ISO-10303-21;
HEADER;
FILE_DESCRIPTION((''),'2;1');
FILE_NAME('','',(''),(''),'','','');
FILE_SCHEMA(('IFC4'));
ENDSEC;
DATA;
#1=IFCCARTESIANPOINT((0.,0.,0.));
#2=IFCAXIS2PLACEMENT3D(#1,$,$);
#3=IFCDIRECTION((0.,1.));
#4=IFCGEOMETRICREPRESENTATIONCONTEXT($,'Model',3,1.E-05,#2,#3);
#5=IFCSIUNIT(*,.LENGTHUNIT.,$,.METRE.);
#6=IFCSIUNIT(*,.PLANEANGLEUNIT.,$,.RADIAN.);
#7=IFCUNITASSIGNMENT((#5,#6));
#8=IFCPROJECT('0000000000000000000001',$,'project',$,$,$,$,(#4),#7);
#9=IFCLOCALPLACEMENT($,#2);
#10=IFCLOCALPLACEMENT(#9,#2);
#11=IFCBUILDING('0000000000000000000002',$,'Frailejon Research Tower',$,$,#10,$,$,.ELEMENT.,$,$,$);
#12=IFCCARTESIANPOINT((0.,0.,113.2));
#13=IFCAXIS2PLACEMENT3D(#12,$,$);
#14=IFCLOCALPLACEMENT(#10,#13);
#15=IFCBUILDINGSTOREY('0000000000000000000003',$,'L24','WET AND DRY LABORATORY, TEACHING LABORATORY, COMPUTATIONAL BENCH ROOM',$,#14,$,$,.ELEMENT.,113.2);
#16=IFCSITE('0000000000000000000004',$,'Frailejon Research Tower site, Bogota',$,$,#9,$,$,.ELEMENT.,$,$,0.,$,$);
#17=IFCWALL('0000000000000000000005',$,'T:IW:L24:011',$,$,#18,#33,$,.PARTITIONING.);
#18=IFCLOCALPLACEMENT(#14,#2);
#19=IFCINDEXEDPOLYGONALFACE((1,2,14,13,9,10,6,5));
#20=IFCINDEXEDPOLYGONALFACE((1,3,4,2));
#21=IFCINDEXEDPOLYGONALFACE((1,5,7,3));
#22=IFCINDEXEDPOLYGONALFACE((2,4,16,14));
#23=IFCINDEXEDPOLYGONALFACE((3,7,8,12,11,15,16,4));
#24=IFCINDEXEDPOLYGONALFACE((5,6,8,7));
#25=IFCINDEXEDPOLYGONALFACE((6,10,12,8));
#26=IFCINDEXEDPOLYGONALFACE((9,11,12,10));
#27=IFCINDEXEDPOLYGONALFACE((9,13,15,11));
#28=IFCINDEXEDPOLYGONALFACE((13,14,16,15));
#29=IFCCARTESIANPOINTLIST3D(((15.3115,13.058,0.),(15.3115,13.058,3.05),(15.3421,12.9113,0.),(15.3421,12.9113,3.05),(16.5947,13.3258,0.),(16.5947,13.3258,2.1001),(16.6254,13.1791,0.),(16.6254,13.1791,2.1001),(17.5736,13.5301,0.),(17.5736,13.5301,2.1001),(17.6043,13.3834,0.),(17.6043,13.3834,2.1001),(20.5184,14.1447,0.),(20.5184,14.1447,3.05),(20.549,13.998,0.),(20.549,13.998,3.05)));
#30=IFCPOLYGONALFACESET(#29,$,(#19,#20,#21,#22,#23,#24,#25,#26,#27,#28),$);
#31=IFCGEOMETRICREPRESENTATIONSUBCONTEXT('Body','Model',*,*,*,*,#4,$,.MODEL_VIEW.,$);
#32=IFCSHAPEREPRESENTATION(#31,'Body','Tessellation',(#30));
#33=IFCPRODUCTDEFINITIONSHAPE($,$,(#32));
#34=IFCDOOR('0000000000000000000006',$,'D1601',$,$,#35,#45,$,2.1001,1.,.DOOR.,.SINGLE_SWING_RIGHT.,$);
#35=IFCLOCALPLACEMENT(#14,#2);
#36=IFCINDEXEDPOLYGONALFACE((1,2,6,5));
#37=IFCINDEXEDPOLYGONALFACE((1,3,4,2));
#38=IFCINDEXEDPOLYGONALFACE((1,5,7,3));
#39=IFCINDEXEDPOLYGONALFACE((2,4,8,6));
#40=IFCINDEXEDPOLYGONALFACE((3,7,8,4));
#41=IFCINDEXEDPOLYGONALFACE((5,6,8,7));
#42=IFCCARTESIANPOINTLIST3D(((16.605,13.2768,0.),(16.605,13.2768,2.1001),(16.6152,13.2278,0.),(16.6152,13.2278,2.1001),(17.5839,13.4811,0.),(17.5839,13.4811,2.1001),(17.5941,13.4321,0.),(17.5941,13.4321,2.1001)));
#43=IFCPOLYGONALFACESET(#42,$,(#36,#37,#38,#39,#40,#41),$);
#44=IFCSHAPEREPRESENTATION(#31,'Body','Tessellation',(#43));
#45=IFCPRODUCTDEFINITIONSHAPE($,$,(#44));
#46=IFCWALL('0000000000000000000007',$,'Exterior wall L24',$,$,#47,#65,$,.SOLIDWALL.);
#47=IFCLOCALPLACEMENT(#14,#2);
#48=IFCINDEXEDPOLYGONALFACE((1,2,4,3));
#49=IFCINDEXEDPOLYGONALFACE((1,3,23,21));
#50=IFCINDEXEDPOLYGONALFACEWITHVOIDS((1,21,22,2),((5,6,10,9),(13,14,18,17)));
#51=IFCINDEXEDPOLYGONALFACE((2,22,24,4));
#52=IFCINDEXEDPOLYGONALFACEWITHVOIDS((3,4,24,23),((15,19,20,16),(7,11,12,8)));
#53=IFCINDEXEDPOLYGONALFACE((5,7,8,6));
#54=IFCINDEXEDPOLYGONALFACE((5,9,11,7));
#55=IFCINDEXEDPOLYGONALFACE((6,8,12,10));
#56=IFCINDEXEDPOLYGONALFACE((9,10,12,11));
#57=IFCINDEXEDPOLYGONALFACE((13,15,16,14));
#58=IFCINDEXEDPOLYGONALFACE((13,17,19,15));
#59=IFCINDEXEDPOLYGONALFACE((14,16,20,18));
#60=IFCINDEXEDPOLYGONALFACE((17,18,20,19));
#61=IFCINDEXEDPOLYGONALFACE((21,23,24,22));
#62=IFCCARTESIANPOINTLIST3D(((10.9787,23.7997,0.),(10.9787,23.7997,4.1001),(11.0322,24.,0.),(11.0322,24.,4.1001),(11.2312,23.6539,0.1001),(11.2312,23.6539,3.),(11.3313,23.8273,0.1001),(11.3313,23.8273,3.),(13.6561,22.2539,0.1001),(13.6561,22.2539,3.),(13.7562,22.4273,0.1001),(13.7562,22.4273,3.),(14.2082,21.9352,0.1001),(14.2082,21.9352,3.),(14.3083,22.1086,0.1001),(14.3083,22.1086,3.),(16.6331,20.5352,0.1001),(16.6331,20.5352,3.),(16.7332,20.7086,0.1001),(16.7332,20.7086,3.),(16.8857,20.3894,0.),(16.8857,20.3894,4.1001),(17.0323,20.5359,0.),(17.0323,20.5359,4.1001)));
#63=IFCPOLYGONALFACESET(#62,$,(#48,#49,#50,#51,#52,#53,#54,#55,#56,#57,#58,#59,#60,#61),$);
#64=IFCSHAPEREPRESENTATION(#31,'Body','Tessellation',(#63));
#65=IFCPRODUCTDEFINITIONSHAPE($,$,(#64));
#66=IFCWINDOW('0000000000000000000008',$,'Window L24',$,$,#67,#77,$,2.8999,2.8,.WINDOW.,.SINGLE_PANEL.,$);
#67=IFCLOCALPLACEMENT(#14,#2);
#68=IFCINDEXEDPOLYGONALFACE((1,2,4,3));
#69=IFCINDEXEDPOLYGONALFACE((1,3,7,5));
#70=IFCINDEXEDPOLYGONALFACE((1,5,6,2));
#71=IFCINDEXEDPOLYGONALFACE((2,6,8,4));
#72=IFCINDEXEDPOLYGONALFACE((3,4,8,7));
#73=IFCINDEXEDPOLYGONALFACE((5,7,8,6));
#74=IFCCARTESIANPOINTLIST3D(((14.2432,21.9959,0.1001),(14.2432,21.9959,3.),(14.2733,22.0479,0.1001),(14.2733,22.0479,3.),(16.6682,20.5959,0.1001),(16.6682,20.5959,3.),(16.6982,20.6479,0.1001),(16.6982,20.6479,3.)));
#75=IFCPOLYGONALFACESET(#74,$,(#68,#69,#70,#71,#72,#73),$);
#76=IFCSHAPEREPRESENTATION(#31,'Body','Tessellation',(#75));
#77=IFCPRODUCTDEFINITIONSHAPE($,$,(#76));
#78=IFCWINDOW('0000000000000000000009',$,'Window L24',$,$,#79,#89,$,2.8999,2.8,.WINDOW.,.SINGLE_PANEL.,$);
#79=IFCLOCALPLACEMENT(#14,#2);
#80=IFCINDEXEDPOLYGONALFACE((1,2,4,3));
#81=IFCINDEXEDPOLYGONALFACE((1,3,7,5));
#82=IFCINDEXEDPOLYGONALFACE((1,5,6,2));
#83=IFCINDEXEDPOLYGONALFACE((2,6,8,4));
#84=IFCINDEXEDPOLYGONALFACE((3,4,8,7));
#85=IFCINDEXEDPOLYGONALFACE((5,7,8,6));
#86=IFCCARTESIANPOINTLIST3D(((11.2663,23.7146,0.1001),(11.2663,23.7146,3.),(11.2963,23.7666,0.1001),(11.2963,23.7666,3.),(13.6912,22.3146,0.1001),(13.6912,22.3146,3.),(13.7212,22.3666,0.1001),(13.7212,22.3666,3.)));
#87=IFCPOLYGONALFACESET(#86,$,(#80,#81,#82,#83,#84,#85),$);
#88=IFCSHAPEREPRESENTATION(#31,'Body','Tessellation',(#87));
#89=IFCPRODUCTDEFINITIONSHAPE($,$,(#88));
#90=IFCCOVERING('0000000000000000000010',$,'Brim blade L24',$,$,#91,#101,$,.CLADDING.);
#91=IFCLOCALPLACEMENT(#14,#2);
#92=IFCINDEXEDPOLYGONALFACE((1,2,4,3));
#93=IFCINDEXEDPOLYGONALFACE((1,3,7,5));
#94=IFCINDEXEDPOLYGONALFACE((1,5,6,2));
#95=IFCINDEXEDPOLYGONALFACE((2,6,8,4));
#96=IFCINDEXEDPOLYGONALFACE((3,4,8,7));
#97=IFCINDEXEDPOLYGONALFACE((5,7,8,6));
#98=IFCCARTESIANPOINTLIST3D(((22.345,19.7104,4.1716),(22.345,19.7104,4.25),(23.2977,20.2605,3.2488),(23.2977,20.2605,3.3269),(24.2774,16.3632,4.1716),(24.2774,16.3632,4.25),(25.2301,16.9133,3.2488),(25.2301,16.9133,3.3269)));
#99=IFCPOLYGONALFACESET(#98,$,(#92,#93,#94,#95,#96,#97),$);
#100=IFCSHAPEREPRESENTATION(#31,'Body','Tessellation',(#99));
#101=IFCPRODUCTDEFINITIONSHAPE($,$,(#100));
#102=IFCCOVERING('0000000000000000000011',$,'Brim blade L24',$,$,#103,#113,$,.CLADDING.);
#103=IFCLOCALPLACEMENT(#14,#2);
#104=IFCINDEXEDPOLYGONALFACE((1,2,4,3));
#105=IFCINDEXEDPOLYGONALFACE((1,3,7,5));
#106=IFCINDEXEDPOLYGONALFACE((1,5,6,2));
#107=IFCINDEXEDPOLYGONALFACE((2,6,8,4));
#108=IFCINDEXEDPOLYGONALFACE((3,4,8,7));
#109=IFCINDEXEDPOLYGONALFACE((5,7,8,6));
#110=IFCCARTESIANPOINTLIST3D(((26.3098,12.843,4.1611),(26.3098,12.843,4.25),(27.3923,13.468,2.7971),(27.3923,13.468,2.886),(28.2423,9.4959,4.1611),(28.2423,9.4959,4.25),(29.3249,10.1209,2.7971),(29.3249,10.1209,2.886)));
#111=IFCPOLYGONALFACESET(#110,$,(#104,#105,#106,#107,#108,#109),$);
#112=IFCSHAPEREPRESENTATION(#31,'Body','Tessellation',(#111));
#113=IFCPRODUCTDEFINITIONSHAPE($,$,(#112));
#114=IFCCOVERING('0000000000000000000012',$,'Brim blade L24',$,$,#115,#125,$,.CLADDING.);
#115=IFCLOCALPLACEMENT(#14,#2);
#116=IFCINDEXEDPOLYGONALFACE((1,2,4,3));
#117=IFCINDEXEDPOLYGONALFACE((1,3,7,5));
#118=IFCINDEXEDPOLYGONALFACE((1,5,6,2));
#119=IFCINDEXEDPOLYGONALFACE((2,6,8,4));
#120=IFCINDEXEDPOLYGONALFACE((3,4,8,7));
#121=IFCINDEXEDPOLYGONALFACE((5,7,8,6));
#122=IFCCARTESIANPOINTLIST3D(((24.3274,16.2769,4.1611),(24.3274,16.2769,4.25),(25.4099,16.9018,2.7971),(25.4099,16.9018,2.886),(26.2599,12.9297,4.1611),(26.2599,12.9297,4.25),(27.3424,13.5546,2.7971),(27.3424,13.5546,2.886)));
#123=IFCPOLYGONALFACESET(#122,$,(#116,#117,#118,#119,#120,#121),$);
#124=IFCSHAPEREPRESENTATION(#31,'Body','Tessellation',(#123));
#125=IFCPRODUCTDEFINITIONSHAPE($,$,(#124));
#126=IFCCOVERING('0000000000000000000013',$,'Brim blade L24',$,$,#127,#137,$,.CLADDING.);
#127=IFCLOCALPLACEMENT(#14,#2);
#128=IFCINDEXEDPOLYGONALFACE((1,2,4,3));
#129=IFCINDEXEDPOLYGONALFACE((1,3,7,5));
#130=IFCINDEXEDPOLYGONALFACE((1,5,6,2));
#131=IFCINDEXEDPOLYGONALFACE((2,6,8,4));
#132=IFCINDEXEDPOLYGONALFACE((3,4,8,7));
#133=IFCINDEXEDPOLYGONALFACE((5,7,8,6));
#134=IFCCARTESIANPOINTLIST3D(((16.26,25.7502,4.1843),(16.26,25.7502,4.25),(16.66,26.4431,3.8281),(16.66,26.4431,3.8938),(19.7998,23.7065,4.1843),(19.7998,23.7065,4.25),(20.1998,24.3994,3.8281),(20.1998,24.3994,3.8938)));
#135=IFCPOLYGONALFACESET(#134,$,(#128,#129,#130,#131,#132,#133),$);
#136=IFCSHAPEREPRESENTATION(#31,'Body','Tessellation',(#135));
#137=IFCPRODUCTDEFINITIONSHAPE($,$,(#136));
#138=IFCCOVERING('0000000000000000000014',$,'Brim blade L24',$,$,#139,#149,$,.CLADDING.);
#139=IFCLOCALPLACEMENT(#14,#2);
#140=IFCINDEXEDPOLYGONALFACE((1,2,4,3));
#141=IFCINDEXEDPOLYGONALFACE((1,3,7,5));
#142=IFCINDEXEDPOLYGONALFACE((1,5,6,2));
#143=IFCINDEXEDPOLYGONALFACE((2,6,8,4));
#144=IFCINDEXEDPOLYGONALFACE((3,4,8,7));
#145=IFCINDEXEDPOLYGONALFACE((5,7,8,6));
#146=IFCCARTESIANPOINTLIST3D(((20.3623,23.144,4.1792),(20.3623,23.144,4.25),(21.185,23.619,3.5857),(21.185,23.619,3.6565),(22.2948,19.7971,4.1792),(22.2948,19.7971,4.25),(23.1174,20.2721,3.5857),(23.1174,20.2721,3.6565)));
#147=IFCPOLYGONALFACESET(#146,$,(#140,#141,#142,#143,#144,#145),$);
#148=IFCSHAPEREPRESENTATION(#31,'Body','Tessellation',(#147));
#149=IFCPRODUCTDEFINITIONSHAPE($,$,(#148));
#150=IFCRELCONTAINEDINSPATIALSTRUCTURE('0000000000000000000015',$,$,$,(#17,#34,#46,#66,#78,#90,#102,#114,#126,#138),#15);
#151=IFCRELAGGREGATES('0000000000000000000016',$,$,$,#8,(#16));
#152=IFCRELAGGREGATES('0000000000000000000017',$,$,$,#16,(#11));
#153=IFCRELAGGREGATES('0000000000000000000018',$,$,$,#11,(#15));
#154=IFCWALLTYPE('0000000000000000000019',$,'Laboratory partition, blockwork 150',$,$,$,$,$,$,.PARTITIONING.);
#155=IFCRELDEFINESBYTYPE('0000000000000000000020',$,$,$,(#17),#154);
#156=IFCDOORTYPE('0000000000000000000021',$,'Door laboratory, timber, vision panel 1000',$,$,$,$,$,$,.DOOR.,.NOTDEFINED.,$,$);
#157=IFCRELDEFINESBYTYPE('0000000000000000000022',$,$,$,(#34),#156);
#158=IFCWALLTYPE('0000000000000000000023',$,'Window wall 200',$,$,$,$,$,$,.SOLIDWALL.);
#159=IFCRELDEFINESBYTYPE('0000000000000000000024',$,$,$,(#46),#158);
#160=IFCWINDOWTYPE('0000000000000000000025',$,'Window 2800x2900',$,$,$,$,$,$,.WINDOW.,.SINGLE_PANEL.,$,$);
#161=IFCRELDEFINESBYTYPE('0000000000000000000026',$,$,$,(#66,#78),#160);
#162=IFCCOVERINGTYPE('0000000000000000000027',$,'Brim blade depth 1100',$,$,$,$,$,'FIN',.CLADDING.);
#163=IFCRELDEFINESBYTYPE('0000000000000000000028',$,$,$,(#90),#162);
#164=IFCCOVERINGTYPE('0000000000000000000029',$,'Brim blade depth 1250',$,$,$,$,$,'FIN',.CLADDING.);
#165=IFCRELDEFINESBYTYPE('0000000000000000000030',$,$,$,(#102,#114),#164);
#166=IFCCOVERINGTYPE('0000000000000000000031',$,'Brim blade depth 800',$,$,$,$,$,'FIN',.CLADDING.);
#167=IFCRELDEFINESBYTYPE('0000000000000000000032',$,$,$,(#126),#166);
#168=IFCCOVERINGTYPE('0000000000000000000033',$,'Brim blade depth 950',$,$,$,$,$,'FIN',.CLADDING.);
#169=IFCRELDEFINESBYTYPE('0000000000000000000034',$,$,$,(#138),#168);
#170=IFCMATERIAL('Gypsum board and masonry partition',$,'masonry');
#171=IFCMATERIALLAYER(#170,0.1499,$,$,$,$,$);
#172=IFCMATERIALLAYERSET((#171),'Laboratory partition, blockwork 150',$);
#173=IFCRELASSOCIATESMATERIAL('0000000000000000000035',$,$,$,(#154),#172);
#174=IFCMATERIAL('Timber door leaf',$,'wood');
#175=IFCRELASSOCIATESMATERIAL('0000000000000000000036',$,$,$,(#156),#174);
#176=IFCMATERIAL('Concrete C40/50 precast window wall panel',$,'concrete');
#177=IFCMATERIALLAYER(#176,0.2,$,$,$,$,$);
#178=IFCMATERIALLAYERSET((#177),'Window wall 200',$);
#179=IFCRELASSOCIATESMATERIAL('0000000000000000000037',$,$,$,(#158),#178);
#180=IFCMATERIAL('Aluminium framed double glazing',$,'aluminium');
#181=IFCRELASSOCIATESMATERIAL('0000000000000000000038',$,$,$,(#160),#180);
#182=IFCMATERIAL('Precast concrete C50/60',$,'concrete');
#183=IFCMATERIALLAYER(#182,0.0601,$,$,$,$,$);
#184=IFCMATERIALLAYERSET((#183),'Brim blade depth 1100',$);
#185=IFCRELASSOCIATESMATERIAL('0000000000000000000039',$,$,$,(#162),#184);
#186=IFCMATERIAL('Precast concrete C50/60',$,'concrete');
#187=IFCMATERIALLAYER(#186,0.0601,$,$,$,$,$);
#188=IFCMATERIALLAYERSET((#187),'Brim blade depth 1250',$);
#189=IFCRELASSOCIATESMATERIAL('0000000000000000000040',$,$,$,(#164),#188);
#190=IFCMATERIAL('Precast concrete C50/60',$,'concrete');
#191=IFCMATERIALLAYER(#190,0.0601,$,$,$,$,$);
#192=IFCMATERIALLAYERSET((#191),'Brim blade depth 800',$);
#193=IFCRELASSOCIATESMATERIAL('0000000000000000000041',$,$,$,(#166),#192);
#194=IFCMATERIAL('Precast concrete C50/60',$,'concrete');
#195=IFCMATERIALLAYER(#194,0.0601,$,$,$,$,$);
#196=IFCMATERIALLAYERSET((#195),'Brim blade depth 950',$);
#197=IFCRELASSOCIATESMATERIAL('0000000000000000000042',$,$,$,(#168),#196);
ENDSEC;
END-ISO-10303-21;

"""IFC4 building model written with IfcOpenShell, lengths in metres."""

from ifc_helpers import new_model, si_unit, direction, frame, frame_2d, origin, place, context, subcontext, project, spatial, polyline, rectangle, outline, extrude, material, layer, layer_set, type_object, element, fill, save


model = new_model("IFC4")

# Units and contexts
model_context = context("Model", 3, precision=1e-05, world=origin(), true_north=direction((0.0, 1.0)))
body_context = subcontext(model_context, "Body", "Model", "MODEL_VIEW")
ifc_project = project(units=[si_unit("LENGTHUNIT", "METRE"), si_unit("PLANEANGLEUNIT", "RADIAN")], contexts=[model_context])

# Site, building, storey
site_placement = place(None, origin())
site = spatial("IfcSite", under=ifc_project, at=site_placement, Name="Frailejon Research Tower site, Bogota", CompositionType="ELEMENT", RefElevation=0.0)
building_placement = place(site_placement, origin())
building = spatial("IfcBuilding", under=site, at=building_placement, Name="Frailejon Research Tower", CompositionType="ELEMENT")
storey_placement = place(building_placement, frame((0.0, 0.0, 113.2)))
storey = spatial("IfcBuildingStorey", under=building, at=storey_placement, Name="L24", Description="WET AND DRY LABORATORY, TEACHING LABORATORY, COMPUTATIONAL BENCH ROOM", CompositionType="ELEMENT", Elevation=113.2)

# Wall, opening, door
ifc_material_1 = material(Name="Gypsum board and masonry partition", Category="masonry")
ifc_layer_1 = layer(ifc_material_1, 0.1499)
ifc_layer_set_1 = layer_set([ifc_layer_1], Name="Laboratory partition, blockwork 150")
wall_type_1 = type_object("IfcWallType", Name="Laboratory partition, blockwork 150", PredefinedType="PARTITIONING", material=ifc_layer_set_1)
wall_1_placement = place(storey_placement, frame((15.3267, 12.9846, 0.0), z_axis=(0.0, 0.0, 1.0), x_axis=(0.978908, 0.204301, 0.0)))
wall_1 = element("IfcWall", 1, at=wall_1_placement, inside=storey, type_object=wall_type_1, Name="T:IW:L24:011", PredefinedType="PARTITIONING", context=body_context, shape_type="SweptSolid", body=[
    extrude(rectangle(XDim=5.3191, YDim=0.1499, at=frame_2d((2.6597, 0.0))), origin(), (0.0, 0.0, 1.0), 3.05),
])
opening_1_placement = place(wall_1_placement, frame((1.311, 0.0, 0.0)))
opening_1 = element("IfcOpeningElement", 2, at=opening_1_placement, cuts=wall_1, PredefinedType="OPENING", context=body_context, shape_type="SweptSolid", body=[
    extrude(rectangle(XDim=1.0, YDim=2.1001, at=frame_2d((0.5, 1.05))), frame((0.0, 0.085, 0.0), z_axis=(0.0, -1.0, 0.0), x_axis=(1.0, 0.0, 0.0)), (0.0, 0.0, 1.0), 0.1699),
])
ifc_material_2 = material(Name="Timber door leaf", Category="wood")
door_type = type_object("IfcDoorType", Name="Door laboratory, timber, vision panel 1000", OperationType="NOTDEFINED", PredefinedType="DOOR", material=ifc_material_2)
door_placement = place(opening_1_placement, origin())
door = element("IfcDoor", 3, at=door_placement, inside=storey, type_object=door_type, Name="D1601", OperationType="SINGLE_SWING_RIGHT", OverallHeight=2.1001, OverallWidth=1.0, PredefinedType="DOOR", context=body_context, shape_type="SweptSolid", body=[
    extrude(rectangle(XDim=1.0, YDim=2.1001, at=frame_2d((0.5, 1.05))), frame((0.0, 0.0249, 0.0), z_axis=(0.0, -1.0, 0.0), x_axis=(1.0, 0.0, 0.0)), (0.0, 0.0, 1.0), 0.05),
])
fill(opening_1, door)

# Wall, openings, windows
ifc_material_3 = material(Name="Concrete C40/50 precast window wall panel", Category="concrete")
ifc_layer_2 = layer(ifc_material_3, 0.2)
ifc_layer_set_2 = layer_set([ifc_layer_2], Name="Window wall 200")
wall_type_2 = type_object("IfcWallType", Name="Window wall 200", PredefinedType="SOLIDWALL", material=ifc_layer_set_2)
wall_2_placement = place(storey_placement, frame((16.959, 20.4626, 0.0), z_axis=(0.0, 0.0, 1.0), x_axis=(-0.866029, 0.499993, 0.0)))
wall_2 = element("IfcWall", 4, at=wall_2_placement, inside=storey, type_object=wall_type_2, Name="Exterior wall L24", PredefinedType="SOLIDWALL", context=body_context, shape_type="SweptSolid", body=[
    extrude(outline(polyline([(-0.0269, -0.1001), (1.1279, -0.1001), (2.2825, -0.1001), (3.4373, -0.1001), (4.592, -0.1001), (5.7466, -0.1001), (6.9014, -0.1001), (6.8477, 0.1001), (5.7109, 0.1001), (4.574, 0.1001), (3.4373, 0.1001), (2.3005, 0.1001), (1.1636, 0.1001), (0.0269, 0.1001), (-0.0269, -0.1001)])), origin(), (0.0, 0.0, 1.0), 4.1001),
])
opening_2_placement = place(wall_2_placement, frame((0.3186, 0.0, 0.1001)))
opening_2 = element("IfcOpeningElement", 5, at=opening_2_placement, cuts=wall_2, PredefinedType="OPENING", context=body_context, shape_type="SweptSolid", body=[
    extrude(rectangle(XDim=2.8, YDim=2.8999, at=frame_2d((1.3999, 1.45))), frame((0.0, 0.1099, 0.0), z_axis=(0.0, -1.0, 0.0), x_axis=(1.0, 0.0, 0.0)), (0.0, 0.0, 1.0), 0.22),
])
opening_3_placement = place(wall_2_placement, frame((3.7561, 0.0, 0.1001)))
opening_3 = element("IfcOpeningElement", 6, at=opening_3_placement, cuts=wall_2, PredefinedType="OPENING", context=body_context, shape_type="SweptSolid", body=[
    extrude(rectangle(XDim=2.8, YDim=2.8999, at=frame_2d((1.3999, 1.45))), frame((0.0, 0.1099, 0.0), z_axis=(0.0, -1.0, 0.0), x_axis=(1.0, 0.0, 0.0)), (0.0, 0.0, 1.0), 0.22),
])
ifc_material_4 = material(Name="Aluminium framed double glazing", Category="aluminium")
window_type = type_object("IfcWindowType", Name="Window 2800x2900", PartitioningType="SINGLE_PANEL", PredefinedType="WINDOW", material=ifc_material_4)
window_1_placement = place(opening_2_placement, origin())
window_1 = element("IfcWindow", 7, at=window_1_placement, inside=storey, type_object=window_type, Name="Window L24", OverallHeight=2.8999, OverallWidth=2.8, PartitioningType="SINGLE_PANEL", PredefinedType="WINDOW", context=body_context, shape_type="SweptSolid", body=[
    extrude(rectangle(XDim=2.8, YDim=2.8999, at=frame_2d((1.3999, 1.45))), frame((0.0, 0.03, 0.0), z_axis=(0.0, -1.0, 0.0), x_axis=(1.0, 0.0, 0.0)), (0.0, 0.0, 1.0), 0.0601),
])
fill(opening_2, window_1)
window_2_placement = place(opening_3_placement, origin())
window_2 = element("IfcWindow", 8, at=window_2_placement, inside=storey, type_object=window_type, Name="Window L24", OverallHeight=2.8999, OverallWidth=2.8, PartitioningType="SINGLE_PANEL", PredefinedType="WINDOW", context=body_context, shape_type="SweptSolid", body=[
    extrude(rectangle(XDim=2.8, YDim=2.8999, at=frame_2d((1.3999, 1.45))), frame((0.0, 0.03, 0.0), z_axis=(0.0, -1.0, 0.0), x_axis=(1.0, 0.0, 0.0)), (0.0, 0.0, 1.0), 0.0601),
])
fill(opening_3, window_2)

# Coverings
ifc_material_5 = material(Name="Precast concrete C50/60", Category="concrete")
ifc_layer_3 = layer(ifc_material_5, 0.0601)
ifc_layer_set_3 = layer_set([ifc_layer_3], Name="Brim blade depth 1100")
covering_type_1 = type_object("IfcCoveringType", Name="Brim blade depth 1100", ElementType="FIN", PredefinedType="CLADDING", material=ifc_layer_set_3)
covering_1_placement = place(storey_placement, frame((22.345, 19.7104, 4.25), z_axis=(0.499991, -0.866031, 0.0), x_axis=(0.866031, 0.499991, 0.0)))
element("IfcCovering", 9, at=covering_1_placement, inside=storey, type_object=covering_type_1, Name="Brim blade L24", PredefinedType="CLADDING", context=body_context, shape_type="SweptSolid", body=[
    extrude(outline(polyline([(0.0, -0.0784), (1.1001, -1.0012), (1.1001, -0.9231), (0.0, 0.0), (0.0, -0.0784)])), origin(), (0.0, 0.0, 1.0), 3.865),
])
ifc_material_6 = material(Name="Precast concrete C50/60", Category="concrete")
ifc_layer_4 = layer(ifc_material_6, 0.0601)
ifc_layer_set_4 = layer_set([ifc_layer_4], Name="Brim blade depth 1250")
covering_type_2 = type_object("IfcCoveringType", Name="Brim blade depth 1250", ElementType="FIN", PredefinedType="CLADDING", material=ifc_layer_set_4)
for number, where, z_axis, x_axis, name in (
    (10, (26.3098, 12.843, 4.25), (0.50001, -0.86602, 0.0), (0.86602, 0.50001, 0.0), "Brim blade L24"),
    (11, (24.3274, 16.2769, 4.25), (0.499991, -0.866031, 0.0), (0.866031, 0.499991, 0.0), "Brim blade L24"),
):
    element("IfcCovering", number, at=place(storey_placement, frame(where, z_axis=z_axis, x_axis=x_axis)), inside=storey, type_object=covering_type_2, Name=name, PredefinedType="CLADDING", context=body_context, shape_type="SweptSolid", body=[
        extrude(outline(polyline([(0.0, -0.0889), (1.25, -1.4529), (1.25, -1.364), (0.0, 0.0), (0.0, -0.0889)])), origin(), (0.0, 0.0, 1.0), 3.865),
    ])
ifc_material_7 = material(Name="Precast concrete C50/60", Category="concrete")
ifc_layer_5 = layer(ifc_material_7, 0.0601)
ifc_layer_set_5 = layer_set([ifc_layer_5], Name="Brim blade depth 800")
covering_type_3 = type_object("IfcCoveringType", Name="Brim blade depth 800", ElementType="FIN", PredefinedType="CLADDING", material=ifc_layer_set_5)
covering_2_placement = place(storey_placement, frame((16.26, 25.7502, 4.25), z_axis=(0.866021, -0.500007, 0.0), x_axis=(0.500007, 0.866021, 0.0)))
element("IfcCovering", 12, at=covering_2_placement, inside=storey, type_object=covering_type_3, Name="Brim blade L24", PredefinedType="CLADDING", context=body_context, shape_type="SweptSolid", body=[
    extrude(outline(polyline([(0.0, -0.0657), (0.8, -0.4219), (0.8, -0.3562), (0.0, 0.0), (0.0, -0.0657)])), origin(), (0.0, 0.0, 1.0), 4.0874),
])
ifc_material_8 = material(Name="Precast concrete C50/60", Category="concrete")
ifc_layer_6 = layer(ifc_material_8, 0.0601)
ifc_layer_set_6 = layer_set([ifc_layer_6], Name="Brim blade depth 950")
covering_type_4 = type_object("IfcCoveringType", Name="Brim blade depth 950", ElementType="FIN", PredefinedType="CLADDING", material=ifc_layer_set_6)
covering_3_placement = place(storey_placement, frame((20.3623, 23.144, 4.25), z_axis=(0.500021, -0.866013, 0.0), x_axis=(0.866013, 0.500021, 0.0)))
element("IfcCovering", 13, at=covering_3_placement, inside=storey, type_object=covering_type_4, Name="Brim blade L24", PredefinedType="CLADDING", context=body_context, shape_type="SweptSolid", body=[
    extrude(outline(polyline([(0.0, -0.0708), (0.95, -0.6643), (0.95, -0.5935), (0.0, 0.0), (0.0, -0.0708)])), origin(), (0.0, 0.0, 1.0), 3.8647),
])

save(model, "model.ifc")
